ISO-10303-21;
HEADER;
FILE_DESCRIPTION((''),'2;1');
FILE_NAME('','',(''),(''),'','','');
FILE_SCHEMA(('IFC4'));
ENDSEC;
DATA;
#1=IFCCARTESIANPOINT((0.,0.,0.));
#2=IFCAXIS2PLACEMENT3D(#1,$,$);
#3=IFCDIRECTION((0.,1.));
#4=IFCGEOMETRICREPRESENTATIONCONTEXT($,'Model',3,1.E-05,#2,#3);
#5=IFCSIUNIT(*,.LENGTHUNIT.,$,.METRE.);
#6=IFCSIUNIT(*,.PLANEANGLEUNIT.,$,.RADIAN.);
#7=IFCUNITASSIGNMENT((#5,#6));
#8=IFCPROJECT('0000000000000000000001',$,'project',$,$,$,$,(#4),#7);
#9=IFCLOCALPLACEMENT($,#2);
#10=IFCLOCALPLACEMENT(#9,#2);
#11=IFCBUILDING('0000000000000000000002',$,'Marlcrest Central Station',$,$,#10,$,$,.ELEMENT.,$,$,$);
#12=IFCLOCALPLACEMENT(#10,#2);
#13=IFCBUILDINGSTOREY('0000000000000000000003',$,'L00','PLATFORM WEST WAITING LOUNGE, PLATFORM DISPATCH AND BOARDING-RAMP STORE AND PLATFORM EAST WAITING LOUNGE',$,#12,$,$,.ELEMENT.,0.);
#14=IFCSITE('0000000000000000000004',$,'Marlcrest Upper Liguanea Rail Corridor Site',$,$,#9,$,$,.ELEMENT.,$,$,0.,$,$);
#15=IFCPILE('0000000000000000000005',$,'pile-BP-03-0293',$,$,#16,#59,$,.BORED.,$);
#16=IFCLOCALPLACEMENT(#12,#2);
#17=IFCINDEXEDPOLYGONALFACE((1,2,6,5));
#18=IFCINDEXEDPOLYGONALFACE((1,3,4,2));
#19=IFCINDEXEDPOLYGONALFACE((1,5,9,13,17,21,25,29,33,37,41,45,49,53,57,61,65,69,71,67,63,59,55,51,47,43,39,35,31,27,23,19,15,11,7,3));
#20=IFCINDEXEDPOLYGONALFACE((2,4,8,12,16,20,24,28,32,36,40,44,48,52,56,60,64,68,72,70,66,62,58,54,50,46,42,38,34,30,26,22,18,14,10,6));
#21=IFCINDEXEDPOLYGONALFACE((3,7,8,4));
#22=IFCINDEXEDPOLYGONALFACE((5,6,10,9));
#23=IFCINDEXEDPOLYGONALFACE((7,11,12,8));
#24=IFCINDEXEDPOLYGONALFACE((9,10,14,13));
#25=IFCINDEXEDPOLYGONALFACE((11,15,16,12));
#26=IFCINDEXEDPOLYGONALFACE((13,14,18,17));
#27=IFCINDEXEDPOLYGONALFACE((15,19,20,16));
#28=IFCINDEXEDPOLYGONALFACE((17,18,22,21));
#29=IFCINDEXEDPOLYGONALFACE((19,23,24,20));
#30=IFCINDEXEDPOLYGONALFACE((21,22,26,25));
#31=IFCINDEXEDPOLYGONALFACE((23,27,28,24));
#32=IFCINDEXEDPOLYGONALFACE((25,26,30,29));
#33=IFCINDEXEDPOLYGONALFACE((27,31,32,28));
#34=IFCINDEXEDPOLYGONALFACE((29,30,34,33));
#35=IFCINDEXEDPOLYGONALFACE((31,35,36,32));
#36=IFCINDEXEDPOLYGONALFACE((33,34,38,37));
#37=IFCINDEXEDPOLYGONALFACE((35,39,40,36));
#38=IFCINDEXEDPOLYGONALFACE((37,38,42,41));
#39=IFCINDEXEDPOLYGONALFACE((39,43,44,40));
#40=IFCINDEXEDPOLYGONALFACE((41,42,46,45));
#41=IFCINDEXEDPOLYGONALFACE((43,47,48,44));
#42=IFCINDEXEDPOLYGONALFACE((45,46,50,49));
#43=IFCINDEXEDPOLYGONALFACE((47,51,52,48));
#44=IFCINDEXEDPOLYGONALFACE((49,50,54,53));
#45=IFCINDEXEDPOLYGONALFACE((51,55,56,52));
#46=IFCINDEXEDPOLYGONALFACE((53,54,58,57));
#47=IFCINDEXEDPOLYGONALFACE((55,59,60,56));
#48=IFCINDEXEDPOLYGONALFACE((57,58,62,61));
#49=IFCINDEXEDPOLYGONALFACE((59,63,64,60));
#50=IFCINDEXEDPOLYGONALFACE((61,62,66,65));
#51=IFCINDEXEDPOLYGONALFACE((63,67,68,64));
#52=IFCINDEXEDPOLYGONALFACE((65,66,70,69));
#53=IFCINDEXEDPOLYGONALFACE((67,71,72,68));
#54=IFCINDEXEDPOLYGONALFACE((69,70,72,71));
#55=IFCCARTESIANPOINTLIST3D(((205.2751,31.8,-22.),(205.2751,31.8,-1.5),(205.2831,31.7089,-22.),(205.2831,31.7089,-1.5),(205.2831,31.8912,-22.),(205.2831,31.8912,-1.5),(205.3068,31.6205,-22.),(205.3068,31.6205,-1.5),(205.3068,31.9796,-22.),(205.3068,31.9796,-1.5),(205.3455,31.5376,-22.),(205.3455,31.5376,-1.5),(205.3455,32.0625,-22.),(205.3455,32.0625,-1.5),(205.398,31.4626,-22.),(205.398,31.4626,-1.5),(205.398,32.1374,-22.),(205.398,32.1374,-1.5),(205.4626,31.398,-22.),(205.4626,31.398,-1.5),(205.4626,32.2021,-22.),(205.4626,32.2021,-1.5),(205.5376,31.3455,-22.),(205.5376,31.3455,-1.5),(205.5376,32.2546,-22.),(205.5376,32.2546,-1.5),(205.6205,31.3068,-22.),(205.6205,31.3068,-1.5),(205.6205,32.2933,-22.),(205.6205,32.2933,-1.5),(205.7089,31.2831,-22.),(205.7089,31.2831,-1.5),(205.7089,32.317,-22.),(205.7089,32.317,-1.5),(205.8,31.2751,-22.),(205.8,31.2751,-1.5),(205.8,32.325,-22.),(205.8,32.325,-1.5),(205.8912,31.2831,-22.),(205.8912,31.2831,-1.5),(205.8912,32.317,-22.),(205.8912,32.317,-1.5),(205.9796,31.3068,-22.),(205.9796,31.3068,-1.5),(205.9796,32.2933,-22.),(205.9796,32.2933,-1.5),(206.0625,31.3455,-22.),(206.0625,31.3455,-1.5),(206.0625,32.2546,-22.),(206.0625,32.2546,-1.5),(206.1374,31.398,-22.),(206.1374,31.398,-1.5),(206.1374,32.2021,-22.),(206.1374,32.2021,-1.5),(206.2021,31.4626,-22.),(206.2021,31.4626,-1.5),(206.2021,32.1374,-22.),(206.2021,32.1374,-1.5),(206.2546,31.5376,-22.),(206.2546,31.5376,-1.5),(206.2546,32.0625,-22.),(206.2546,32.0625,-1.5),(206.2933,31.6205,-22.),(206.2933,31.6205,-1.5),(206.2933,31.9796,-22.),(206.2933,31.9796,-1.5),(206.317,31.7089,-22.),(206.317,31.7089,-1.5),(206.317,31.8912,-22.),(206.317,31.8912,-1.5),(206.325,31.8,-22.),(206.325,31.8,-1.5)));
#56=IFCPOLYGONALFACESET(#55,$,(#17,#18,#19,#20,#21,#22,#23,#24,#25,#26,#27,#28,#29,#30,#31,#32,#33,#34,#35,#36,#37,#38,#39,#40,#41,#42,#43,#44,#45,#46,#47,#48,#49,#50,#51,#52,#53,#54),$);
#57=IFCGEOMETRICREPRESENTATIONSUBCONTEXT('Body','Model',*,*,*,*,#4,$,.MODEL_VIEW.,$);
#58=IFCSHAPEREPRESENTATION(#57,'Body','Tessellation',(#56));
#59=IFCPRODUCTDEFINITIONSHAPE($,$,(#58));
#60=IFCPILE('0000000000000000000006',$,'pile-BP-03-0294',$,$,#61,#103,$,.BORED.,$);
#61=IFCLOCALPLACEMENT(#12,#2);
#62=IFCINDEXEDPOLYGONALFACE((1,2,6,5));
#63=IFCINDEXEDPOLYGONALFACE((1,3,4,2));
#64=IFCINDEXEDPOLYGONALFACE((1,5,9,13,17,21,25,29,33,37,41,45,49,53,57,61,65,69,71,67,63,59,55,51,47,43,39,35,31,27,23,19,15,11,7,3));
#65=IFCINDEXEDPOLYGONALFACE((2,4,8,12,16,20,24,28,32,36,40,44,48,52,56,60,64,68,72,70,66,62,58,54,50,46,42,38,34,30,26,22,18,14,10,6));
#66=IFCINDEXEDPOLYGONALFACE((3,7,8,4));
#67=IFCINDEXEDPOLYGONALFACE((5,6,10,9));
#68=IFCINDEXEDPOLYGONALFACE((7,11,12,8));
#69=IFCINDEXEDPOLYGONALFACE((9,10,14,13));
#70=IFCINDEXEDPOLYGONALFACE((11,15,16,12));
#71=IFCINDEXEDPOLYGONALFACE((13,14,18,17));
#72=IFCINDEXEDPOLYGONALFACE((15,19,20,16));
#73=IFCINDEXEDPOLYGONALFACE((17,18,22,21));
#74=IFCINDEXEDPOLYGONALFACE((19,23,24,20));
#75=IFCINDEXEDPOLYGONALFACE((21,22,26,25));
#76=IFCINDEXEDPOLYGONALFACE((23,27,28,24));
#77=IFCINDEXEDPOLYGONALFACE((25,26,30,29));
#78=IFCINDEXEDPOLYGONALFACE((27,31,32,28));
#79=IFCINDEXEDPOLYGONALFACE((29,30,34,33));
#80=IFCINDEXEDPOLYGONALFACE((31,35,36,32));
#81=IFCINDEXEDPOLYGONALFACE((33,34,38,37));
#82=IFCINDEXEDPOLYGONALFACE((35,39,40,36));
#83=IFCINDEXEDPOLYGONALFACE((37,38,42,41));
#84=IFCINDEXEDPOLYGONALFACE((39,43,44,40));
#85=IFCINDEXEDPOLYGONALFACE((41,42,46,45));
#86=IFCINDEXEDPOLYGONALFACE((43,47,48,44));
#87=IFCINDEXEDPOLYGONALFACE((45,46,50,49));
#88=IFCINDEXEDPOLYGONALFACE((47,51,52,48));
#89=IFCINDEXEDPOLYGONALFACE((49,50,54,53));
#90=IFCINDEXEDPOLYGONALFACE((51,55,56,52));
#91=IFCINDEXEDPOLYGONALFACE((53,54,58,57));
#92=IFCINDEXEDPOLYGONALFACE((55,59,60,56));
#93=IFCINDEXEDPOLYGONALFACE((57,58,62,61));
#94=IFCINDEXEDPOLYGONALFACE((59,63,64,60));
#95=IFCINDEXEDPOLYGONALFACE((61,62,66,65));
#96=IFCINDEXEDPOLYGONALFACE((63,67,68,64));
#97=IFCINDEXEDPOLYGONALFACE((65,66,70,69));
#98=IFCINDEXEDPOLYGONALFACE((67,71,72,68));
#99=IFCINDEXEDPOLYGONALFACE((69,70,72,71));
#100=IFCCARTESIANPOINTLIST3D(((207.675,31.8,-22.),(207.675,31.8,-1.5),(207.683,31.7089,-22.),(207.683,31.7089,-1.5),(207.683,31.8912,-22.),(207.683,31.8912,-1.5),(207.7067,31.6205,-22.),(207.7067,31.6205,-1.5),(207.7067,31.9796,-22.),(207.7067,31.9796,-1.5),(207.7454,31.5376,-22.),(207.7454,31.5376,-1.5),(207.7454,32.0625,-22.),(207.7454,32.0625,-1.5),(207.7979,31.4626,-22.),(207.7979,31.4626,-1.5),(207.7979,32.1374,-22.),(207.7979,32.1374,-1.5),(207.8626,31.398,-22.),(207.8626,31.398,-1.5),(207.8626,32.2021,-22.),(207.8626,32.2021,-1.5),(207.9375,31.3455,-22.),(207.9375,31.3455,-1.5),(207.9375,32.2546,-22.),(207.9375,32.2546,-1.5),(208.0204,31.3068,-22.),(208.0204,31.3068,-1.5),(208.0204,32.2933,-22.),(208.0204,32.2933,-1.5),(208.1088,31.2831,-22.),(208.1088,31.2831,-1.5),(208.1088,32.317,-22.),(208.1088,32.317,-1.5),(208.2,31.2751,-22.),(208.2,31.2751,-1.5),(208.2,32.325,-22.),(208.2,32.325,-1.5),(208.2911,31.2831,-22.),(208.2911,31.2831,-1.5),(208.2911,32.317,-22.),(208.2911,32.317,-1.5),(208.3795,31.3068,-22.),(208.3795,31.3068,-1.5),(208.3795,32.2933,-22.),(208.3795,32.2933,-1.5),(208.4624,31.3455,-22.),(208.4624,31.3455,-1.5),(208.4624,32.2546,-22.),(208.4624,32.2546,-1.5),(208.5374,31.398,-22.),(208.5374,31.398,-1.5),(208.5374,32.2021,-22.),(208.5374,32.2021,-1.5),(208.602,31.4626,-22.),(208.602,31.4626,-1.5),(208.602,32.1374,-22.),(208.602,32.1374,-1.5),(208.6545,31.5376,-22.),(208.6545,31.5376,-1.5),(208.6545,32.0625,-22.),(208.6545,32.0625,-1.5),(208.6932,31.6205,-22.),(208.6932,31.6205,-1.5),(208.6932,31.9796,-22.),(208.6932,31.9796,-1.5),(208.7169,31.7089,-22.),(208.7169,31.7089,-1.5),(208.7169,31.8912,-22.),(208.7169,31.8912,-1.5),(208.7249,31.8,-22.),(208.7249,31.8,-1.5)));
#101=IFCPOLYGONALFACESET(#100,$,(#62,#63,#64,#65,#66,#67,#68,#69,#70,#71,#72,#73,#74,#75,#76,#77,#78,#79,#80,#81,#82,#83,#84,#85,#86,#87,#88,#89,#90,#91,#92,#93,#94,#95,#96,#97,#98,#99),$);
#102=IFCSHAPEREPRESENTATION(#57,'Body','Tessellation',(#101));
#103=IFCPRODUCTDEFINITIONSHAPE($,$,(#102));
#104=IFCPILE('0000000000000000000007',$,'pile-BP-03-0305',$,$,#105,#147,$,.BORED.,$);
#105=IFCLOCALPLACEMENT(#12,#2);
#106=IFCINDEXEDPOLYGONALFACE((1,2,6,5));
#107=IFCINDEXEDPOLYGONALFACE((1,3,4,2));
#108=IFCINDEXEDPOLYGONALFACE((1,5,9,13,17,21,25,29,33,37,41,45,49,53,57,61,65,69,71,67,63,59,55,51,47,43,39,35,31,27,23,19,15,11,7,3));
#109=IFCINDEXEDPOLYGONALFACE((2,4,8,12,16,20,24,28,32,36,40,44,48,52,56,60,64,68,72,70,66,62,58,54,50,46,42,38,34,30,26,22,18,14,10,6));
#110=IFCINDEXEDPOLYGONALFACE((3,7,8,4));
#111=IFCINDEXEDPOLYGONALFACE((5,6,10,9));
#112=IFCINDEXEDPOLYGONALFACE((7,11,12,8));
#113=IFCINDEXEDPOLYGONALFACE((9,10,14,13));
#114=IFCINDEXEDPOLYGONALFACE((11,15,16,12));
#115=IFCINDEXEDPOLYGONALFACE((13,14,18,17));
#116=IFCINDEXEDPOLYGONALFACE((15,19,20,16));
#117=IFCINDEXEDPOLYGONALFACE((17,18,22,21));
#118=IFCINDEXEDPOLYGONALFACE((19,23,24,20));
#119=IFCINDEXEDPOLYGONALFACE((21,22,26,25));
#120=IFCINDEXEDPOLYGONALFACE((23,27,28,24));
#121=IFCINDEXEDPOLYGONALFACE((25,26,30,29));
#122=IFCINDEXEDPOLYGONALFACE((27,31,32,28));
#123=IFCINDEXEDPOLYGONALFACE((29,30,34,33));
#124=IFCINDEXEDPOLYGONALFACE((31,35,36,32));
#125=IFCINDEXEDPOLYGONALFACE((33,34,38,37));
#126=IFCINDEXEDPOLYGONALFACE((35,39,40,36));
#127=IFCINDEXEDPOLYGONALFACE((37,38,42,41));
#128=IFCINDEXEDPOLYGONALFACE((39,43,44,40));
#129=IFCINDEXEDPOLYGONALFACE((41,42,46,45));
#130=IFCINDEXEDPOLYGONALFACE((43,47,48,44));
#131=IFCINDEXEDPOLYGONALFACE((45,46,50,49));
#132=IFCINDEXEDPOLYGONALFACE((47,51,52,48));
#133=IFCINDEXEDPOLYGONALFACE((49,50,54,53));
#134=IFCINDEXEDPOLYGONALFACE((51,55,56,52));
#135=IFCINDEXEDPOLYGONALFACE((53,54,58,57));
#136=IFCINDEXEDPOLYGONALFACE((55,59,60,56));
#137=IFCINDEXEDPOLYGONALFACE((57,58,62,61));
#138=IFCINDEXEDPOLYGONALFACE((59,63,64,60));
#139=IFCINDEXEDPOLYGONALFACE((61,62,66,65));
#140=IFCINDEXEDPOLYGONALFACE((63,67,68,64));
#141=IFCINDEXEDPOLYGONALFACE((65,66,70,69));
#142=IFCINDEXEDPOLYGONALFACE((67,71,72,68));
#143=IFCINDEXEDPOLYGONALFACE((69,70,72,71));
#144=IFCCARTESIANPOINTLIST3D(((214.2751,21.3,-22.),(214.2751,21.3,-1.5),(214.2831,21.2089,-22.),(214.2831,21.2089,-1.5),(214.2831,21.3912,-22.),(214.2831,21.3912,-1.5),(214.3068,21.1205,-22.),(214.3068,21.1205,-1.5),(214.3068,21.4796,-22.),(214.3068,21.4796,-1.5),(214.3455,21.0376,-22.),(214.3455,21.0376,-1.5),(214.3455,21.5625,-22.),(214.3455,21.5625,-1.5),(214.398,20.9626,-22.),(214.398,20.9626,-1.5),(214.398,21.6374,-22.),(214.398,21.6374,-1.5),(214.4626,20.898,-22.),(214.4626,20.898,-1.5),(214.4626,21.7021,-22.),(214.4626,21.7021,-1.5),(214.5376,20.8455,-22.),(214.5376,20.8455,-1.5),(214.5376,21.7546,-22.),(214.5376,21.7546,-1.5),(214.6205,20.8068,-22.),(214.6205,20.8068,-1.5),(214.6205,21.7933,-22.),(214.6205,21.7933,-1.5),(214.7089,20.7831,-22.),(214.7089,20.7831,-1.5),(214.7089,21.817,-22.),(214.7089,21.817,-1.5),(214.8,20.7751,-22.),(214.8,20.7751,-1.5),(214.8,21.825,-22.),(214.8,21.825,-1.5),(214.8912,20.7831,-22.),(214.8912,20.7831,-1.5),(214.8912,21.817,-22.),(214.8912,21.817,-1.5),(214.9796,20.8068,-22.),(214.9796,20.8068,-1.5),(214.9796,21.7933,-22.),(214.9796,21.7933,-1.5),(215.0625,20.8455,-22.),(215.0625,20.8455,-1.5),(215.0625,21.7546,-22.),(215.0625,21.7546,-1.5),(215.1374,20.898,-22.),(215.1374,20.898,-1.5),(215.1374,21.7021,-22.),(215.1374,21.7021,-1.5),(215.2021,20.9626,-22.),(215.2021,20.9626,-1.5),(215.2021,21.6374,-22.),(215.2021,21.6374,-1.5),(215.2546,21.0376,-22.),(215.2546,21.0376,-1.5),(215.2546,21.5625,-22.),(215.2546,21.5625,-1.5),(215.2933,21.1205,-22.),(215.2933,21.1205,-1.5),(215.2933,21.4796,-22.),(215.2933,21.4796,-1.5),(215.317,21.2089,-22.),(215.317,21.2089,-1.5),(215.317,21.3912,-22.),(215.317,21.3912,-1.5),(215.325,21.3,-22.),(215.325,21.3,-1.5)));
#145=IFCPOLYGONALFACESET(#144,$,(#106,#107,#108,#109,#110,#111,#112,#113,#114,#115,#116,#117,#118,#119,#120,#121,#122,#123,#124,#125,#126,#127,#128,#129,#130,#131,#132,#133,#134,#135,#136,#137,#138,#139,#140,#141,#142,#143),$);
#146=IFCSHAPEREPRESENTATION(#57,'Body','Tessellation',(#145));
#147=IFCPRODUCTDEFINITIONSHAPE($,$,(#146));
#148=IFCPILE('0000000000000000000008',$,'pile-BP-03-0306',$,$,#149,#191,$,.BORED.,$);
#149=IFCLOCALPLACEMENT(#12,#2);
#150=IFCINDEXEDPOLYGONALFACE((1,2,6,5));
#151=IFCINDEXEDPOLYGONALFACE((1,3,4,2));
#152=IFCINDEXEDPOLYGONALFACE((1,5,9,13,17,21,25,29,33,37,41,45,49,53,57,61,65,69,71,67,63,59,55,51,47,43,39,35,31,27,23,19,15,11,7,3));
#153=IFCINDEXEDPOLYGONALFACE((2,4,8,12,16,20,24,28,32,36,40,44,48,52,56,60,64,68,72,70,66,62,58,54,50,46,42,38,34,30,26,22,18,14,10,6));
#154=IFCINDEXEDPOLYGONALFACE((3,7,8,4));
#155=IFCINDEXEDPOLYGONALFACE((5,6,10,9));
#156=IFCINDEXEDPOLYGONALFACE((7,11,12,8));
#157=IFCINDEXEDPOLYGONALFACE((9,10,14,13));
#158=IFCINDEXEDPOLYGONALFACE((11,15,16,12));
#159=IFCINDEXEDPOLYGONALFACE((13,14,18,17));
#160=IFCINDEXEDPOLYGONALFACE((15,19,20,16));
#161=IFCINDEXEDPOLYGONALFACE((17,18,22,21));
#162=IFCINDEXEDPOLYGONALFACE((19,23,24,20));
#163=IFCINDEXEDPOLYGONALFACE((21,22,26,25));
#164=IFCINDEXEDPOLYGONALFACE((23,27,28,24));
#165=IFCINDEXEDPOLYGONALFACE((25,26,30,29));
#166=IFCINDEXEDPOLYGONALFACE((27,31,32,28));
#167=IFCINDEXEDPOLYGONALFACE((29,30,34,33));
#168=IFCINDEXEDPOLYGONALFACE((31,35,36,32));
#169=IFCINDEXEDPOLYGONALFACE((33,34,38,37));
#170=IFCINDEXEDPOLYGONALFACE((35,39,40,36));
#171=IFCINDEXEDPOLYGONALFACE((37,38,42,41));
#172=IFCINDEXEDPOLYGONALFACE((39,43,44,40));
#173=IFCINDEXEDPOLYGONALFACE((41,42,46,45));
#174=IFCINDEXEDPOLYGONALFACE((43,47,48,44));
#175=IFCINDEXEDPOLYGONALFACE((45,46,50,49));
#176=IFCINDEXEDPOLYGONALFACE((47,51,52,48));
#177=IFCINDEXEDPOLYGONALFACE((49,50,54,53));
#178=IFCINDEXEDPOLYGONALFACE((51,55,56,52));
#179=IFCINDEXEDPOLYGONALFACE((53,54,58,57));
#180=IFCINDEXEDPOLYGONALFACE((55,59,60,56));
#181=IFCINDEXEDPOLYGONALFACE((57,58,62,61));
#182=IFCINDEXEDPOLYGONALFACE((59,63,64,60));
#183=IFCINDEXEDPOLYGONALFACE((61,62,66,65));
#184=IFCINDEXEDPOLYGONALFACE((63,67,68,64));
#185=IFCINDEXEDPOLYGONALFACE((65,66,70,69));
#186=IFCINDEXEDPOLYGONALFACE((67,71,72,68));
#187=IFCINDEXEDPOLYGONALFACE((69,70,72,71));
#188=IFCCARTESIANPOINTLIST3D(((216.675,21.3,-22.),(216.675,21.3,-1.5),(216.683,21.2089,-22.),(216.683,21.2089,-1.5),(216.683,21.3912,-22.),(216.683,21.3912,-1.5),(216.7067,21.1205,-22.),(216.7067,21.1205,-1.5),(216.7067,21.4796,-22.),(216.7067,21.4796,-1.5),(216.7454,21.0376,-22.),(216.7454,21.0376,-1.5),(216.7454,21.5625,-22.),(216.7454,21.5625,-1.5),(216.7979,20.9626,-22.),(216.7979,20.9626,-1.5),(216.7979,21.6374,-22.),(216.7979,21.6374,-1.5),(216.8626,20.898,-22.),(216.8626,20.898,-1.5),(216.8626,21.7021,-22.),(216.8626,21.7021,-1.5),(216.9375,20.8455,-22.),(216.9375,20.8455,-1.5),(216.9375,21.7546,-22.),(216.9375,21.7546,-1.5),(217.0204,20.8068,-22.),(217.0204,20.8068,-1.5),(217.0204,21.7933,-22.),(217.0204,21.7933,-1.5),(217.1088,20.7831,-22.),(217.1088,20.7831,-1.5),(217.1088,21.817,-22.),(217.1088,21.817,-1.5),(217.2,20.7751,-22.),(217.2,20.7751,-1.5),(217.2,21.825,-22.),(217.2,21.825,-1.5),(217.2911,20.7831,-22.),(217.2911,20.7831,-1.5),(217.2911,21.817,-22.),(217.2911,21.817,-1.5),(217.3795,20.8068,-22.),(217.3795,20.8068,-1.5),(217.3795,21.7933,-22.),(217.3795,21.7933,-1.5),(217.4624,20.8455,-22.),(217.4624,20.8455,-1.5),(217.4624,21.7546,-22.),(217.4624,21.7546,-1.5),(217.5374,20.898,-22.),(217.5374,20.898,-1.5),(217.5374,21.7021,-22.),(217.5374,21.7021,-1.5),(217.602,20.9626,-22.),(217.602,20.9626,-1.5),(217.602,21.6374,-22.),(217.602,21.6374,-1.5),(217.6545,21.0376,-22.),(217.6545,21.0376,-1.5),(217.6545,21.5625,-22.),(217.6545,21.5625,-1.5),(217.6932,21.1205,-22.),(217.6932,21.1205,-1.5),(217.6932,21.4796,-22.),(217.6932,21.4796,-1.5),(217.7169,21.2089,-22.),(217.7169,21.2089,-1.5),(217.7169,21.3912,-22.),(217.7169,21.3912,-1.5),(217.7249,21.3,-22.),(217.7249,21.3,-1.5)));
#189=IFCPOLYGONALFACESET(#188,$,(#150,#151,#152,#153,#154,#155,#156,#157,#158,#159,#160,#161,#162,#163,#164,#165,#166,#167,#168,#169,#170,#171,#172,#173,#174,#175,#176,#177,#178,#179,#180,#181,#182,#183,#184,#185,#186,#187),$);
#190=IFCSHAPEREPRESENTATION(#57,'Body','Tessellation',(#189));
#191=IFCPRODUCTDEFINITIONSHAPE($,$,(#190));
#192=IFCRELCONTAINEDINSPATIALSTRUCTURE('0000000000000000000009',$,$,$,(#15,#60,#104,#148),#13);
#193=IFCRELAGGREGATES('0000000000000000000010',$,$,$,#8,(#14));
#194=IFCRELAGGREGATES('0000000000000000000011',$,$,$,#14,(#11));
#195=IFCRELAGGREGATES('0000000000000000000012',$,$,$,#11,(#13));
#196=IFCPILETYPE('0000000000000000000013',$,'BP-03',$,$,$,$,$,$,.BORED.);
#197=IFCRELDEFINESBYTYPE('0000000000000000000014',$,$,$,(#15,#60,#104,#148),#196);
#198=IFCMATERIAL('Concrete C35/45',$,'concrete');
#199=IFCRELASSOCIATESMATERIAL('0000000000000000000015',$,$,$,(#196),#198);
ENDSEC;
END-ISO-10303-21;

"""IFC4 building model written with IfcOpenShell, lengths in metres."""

from ifc_helpers import new_model, si_unit, direction, frame, origin, origin_2d, place, context, subcontext, project, spatial, circle, extrude, material, material_profile, profile_set, type_object, element, save


model = new_model("IFC4")

# Units and contexts
model_context = context("Model", 3, precision=1e-05, world=origin(), true_north=direction((0.0, 1.0)))
body_context = subcontext(model_context, "Body", "Model", "MODEL_VIEW")
ifc_project = project(units=[si_unit("LENGTHUNIT", "METRE"), si_unit("PLANEANGLEUNIT", "RADIAN")], contexts=[model_context])

# Site, building, storey
site_placement = place(None, origin())
site = spatial("IfcSite", under=ifc_project, at=site_placement, Name="Marlcrest Upper Liguanea Rail Corridor Site", CompositionType="ELEMENT", RefElevation=0.0)
building_placement = place(site_placement, origin())
building = spatial("IfcBuilding", under=site, at=building_placement, Name="Marlcrest Central Station", CompositionType="ELEMENT")
storey_placement = place(building_placement, origin())
storey = spatial("IfcBuildingStorey", under=building, at=storey_placement, Name="L00", Description="PLATFORM WEST WAITING LOUNGE, PLATFORM DISPATCH AND BOARDING-RAMP STORE AND PLATFORM EAST WAITING LOUNGE", CompositionType="ELEMENT", Elevation=0.0)

# Piles
ifc_material_1 = material(Name="Concrete C35/45", Category="concrete")
ifc_material_profile_1 = material_profile(ifc_material_1, circle(Radius=0.5249, at=origin_2d()), Name="PILE D1050")
ifc_profile_set_1 = profile_set([ifc_material_profile_1], Name="Concrete C35/45")
pile_type = type_object("IfcPileType", Name="BP-03", PredefinedType="BORED", material=ifc_profile_set_1)
for number, where, z_axis, x_axis, name in (
    (1, (205.8, 31.8, -1.5), (0.0, 0.0, -1.0), (1.0, 0.0, 0.0), "pile-BP-03-0293"),
    (2, (208.2, 31.8, -1.5), (0.0, 0.0, -1.0), (1.0, 0.0, 0.0), "pile-BP-03-0294"),
    (3, (214.8, 21.3, -1.5), (0.0, 0.0, -1.0), (1.0, 0.0, 0.0), "pile-BP-03-0305"),
    (4, (217.2, 21.3, -1.5), (0.0, 0.0, -1.0), (1.0, 0.0, 0.0), "pile-BP-03-0306"),
):
    element("IfcPile", number, at=place(storey_placement, frame(where, z_axis=z_axis, x_axis=x_axis)), inside=storey, type_object=pile_type, Name=name, PredefinedType="BORED", context=body_context, shape_type="SweptSolid", body=[
        extrude(circle(Radius=0.5249, at=origin_2d()), origin(), (0.0, 0.0, 1.0), 20.5),
    ])

save(model, "model.ifc")
